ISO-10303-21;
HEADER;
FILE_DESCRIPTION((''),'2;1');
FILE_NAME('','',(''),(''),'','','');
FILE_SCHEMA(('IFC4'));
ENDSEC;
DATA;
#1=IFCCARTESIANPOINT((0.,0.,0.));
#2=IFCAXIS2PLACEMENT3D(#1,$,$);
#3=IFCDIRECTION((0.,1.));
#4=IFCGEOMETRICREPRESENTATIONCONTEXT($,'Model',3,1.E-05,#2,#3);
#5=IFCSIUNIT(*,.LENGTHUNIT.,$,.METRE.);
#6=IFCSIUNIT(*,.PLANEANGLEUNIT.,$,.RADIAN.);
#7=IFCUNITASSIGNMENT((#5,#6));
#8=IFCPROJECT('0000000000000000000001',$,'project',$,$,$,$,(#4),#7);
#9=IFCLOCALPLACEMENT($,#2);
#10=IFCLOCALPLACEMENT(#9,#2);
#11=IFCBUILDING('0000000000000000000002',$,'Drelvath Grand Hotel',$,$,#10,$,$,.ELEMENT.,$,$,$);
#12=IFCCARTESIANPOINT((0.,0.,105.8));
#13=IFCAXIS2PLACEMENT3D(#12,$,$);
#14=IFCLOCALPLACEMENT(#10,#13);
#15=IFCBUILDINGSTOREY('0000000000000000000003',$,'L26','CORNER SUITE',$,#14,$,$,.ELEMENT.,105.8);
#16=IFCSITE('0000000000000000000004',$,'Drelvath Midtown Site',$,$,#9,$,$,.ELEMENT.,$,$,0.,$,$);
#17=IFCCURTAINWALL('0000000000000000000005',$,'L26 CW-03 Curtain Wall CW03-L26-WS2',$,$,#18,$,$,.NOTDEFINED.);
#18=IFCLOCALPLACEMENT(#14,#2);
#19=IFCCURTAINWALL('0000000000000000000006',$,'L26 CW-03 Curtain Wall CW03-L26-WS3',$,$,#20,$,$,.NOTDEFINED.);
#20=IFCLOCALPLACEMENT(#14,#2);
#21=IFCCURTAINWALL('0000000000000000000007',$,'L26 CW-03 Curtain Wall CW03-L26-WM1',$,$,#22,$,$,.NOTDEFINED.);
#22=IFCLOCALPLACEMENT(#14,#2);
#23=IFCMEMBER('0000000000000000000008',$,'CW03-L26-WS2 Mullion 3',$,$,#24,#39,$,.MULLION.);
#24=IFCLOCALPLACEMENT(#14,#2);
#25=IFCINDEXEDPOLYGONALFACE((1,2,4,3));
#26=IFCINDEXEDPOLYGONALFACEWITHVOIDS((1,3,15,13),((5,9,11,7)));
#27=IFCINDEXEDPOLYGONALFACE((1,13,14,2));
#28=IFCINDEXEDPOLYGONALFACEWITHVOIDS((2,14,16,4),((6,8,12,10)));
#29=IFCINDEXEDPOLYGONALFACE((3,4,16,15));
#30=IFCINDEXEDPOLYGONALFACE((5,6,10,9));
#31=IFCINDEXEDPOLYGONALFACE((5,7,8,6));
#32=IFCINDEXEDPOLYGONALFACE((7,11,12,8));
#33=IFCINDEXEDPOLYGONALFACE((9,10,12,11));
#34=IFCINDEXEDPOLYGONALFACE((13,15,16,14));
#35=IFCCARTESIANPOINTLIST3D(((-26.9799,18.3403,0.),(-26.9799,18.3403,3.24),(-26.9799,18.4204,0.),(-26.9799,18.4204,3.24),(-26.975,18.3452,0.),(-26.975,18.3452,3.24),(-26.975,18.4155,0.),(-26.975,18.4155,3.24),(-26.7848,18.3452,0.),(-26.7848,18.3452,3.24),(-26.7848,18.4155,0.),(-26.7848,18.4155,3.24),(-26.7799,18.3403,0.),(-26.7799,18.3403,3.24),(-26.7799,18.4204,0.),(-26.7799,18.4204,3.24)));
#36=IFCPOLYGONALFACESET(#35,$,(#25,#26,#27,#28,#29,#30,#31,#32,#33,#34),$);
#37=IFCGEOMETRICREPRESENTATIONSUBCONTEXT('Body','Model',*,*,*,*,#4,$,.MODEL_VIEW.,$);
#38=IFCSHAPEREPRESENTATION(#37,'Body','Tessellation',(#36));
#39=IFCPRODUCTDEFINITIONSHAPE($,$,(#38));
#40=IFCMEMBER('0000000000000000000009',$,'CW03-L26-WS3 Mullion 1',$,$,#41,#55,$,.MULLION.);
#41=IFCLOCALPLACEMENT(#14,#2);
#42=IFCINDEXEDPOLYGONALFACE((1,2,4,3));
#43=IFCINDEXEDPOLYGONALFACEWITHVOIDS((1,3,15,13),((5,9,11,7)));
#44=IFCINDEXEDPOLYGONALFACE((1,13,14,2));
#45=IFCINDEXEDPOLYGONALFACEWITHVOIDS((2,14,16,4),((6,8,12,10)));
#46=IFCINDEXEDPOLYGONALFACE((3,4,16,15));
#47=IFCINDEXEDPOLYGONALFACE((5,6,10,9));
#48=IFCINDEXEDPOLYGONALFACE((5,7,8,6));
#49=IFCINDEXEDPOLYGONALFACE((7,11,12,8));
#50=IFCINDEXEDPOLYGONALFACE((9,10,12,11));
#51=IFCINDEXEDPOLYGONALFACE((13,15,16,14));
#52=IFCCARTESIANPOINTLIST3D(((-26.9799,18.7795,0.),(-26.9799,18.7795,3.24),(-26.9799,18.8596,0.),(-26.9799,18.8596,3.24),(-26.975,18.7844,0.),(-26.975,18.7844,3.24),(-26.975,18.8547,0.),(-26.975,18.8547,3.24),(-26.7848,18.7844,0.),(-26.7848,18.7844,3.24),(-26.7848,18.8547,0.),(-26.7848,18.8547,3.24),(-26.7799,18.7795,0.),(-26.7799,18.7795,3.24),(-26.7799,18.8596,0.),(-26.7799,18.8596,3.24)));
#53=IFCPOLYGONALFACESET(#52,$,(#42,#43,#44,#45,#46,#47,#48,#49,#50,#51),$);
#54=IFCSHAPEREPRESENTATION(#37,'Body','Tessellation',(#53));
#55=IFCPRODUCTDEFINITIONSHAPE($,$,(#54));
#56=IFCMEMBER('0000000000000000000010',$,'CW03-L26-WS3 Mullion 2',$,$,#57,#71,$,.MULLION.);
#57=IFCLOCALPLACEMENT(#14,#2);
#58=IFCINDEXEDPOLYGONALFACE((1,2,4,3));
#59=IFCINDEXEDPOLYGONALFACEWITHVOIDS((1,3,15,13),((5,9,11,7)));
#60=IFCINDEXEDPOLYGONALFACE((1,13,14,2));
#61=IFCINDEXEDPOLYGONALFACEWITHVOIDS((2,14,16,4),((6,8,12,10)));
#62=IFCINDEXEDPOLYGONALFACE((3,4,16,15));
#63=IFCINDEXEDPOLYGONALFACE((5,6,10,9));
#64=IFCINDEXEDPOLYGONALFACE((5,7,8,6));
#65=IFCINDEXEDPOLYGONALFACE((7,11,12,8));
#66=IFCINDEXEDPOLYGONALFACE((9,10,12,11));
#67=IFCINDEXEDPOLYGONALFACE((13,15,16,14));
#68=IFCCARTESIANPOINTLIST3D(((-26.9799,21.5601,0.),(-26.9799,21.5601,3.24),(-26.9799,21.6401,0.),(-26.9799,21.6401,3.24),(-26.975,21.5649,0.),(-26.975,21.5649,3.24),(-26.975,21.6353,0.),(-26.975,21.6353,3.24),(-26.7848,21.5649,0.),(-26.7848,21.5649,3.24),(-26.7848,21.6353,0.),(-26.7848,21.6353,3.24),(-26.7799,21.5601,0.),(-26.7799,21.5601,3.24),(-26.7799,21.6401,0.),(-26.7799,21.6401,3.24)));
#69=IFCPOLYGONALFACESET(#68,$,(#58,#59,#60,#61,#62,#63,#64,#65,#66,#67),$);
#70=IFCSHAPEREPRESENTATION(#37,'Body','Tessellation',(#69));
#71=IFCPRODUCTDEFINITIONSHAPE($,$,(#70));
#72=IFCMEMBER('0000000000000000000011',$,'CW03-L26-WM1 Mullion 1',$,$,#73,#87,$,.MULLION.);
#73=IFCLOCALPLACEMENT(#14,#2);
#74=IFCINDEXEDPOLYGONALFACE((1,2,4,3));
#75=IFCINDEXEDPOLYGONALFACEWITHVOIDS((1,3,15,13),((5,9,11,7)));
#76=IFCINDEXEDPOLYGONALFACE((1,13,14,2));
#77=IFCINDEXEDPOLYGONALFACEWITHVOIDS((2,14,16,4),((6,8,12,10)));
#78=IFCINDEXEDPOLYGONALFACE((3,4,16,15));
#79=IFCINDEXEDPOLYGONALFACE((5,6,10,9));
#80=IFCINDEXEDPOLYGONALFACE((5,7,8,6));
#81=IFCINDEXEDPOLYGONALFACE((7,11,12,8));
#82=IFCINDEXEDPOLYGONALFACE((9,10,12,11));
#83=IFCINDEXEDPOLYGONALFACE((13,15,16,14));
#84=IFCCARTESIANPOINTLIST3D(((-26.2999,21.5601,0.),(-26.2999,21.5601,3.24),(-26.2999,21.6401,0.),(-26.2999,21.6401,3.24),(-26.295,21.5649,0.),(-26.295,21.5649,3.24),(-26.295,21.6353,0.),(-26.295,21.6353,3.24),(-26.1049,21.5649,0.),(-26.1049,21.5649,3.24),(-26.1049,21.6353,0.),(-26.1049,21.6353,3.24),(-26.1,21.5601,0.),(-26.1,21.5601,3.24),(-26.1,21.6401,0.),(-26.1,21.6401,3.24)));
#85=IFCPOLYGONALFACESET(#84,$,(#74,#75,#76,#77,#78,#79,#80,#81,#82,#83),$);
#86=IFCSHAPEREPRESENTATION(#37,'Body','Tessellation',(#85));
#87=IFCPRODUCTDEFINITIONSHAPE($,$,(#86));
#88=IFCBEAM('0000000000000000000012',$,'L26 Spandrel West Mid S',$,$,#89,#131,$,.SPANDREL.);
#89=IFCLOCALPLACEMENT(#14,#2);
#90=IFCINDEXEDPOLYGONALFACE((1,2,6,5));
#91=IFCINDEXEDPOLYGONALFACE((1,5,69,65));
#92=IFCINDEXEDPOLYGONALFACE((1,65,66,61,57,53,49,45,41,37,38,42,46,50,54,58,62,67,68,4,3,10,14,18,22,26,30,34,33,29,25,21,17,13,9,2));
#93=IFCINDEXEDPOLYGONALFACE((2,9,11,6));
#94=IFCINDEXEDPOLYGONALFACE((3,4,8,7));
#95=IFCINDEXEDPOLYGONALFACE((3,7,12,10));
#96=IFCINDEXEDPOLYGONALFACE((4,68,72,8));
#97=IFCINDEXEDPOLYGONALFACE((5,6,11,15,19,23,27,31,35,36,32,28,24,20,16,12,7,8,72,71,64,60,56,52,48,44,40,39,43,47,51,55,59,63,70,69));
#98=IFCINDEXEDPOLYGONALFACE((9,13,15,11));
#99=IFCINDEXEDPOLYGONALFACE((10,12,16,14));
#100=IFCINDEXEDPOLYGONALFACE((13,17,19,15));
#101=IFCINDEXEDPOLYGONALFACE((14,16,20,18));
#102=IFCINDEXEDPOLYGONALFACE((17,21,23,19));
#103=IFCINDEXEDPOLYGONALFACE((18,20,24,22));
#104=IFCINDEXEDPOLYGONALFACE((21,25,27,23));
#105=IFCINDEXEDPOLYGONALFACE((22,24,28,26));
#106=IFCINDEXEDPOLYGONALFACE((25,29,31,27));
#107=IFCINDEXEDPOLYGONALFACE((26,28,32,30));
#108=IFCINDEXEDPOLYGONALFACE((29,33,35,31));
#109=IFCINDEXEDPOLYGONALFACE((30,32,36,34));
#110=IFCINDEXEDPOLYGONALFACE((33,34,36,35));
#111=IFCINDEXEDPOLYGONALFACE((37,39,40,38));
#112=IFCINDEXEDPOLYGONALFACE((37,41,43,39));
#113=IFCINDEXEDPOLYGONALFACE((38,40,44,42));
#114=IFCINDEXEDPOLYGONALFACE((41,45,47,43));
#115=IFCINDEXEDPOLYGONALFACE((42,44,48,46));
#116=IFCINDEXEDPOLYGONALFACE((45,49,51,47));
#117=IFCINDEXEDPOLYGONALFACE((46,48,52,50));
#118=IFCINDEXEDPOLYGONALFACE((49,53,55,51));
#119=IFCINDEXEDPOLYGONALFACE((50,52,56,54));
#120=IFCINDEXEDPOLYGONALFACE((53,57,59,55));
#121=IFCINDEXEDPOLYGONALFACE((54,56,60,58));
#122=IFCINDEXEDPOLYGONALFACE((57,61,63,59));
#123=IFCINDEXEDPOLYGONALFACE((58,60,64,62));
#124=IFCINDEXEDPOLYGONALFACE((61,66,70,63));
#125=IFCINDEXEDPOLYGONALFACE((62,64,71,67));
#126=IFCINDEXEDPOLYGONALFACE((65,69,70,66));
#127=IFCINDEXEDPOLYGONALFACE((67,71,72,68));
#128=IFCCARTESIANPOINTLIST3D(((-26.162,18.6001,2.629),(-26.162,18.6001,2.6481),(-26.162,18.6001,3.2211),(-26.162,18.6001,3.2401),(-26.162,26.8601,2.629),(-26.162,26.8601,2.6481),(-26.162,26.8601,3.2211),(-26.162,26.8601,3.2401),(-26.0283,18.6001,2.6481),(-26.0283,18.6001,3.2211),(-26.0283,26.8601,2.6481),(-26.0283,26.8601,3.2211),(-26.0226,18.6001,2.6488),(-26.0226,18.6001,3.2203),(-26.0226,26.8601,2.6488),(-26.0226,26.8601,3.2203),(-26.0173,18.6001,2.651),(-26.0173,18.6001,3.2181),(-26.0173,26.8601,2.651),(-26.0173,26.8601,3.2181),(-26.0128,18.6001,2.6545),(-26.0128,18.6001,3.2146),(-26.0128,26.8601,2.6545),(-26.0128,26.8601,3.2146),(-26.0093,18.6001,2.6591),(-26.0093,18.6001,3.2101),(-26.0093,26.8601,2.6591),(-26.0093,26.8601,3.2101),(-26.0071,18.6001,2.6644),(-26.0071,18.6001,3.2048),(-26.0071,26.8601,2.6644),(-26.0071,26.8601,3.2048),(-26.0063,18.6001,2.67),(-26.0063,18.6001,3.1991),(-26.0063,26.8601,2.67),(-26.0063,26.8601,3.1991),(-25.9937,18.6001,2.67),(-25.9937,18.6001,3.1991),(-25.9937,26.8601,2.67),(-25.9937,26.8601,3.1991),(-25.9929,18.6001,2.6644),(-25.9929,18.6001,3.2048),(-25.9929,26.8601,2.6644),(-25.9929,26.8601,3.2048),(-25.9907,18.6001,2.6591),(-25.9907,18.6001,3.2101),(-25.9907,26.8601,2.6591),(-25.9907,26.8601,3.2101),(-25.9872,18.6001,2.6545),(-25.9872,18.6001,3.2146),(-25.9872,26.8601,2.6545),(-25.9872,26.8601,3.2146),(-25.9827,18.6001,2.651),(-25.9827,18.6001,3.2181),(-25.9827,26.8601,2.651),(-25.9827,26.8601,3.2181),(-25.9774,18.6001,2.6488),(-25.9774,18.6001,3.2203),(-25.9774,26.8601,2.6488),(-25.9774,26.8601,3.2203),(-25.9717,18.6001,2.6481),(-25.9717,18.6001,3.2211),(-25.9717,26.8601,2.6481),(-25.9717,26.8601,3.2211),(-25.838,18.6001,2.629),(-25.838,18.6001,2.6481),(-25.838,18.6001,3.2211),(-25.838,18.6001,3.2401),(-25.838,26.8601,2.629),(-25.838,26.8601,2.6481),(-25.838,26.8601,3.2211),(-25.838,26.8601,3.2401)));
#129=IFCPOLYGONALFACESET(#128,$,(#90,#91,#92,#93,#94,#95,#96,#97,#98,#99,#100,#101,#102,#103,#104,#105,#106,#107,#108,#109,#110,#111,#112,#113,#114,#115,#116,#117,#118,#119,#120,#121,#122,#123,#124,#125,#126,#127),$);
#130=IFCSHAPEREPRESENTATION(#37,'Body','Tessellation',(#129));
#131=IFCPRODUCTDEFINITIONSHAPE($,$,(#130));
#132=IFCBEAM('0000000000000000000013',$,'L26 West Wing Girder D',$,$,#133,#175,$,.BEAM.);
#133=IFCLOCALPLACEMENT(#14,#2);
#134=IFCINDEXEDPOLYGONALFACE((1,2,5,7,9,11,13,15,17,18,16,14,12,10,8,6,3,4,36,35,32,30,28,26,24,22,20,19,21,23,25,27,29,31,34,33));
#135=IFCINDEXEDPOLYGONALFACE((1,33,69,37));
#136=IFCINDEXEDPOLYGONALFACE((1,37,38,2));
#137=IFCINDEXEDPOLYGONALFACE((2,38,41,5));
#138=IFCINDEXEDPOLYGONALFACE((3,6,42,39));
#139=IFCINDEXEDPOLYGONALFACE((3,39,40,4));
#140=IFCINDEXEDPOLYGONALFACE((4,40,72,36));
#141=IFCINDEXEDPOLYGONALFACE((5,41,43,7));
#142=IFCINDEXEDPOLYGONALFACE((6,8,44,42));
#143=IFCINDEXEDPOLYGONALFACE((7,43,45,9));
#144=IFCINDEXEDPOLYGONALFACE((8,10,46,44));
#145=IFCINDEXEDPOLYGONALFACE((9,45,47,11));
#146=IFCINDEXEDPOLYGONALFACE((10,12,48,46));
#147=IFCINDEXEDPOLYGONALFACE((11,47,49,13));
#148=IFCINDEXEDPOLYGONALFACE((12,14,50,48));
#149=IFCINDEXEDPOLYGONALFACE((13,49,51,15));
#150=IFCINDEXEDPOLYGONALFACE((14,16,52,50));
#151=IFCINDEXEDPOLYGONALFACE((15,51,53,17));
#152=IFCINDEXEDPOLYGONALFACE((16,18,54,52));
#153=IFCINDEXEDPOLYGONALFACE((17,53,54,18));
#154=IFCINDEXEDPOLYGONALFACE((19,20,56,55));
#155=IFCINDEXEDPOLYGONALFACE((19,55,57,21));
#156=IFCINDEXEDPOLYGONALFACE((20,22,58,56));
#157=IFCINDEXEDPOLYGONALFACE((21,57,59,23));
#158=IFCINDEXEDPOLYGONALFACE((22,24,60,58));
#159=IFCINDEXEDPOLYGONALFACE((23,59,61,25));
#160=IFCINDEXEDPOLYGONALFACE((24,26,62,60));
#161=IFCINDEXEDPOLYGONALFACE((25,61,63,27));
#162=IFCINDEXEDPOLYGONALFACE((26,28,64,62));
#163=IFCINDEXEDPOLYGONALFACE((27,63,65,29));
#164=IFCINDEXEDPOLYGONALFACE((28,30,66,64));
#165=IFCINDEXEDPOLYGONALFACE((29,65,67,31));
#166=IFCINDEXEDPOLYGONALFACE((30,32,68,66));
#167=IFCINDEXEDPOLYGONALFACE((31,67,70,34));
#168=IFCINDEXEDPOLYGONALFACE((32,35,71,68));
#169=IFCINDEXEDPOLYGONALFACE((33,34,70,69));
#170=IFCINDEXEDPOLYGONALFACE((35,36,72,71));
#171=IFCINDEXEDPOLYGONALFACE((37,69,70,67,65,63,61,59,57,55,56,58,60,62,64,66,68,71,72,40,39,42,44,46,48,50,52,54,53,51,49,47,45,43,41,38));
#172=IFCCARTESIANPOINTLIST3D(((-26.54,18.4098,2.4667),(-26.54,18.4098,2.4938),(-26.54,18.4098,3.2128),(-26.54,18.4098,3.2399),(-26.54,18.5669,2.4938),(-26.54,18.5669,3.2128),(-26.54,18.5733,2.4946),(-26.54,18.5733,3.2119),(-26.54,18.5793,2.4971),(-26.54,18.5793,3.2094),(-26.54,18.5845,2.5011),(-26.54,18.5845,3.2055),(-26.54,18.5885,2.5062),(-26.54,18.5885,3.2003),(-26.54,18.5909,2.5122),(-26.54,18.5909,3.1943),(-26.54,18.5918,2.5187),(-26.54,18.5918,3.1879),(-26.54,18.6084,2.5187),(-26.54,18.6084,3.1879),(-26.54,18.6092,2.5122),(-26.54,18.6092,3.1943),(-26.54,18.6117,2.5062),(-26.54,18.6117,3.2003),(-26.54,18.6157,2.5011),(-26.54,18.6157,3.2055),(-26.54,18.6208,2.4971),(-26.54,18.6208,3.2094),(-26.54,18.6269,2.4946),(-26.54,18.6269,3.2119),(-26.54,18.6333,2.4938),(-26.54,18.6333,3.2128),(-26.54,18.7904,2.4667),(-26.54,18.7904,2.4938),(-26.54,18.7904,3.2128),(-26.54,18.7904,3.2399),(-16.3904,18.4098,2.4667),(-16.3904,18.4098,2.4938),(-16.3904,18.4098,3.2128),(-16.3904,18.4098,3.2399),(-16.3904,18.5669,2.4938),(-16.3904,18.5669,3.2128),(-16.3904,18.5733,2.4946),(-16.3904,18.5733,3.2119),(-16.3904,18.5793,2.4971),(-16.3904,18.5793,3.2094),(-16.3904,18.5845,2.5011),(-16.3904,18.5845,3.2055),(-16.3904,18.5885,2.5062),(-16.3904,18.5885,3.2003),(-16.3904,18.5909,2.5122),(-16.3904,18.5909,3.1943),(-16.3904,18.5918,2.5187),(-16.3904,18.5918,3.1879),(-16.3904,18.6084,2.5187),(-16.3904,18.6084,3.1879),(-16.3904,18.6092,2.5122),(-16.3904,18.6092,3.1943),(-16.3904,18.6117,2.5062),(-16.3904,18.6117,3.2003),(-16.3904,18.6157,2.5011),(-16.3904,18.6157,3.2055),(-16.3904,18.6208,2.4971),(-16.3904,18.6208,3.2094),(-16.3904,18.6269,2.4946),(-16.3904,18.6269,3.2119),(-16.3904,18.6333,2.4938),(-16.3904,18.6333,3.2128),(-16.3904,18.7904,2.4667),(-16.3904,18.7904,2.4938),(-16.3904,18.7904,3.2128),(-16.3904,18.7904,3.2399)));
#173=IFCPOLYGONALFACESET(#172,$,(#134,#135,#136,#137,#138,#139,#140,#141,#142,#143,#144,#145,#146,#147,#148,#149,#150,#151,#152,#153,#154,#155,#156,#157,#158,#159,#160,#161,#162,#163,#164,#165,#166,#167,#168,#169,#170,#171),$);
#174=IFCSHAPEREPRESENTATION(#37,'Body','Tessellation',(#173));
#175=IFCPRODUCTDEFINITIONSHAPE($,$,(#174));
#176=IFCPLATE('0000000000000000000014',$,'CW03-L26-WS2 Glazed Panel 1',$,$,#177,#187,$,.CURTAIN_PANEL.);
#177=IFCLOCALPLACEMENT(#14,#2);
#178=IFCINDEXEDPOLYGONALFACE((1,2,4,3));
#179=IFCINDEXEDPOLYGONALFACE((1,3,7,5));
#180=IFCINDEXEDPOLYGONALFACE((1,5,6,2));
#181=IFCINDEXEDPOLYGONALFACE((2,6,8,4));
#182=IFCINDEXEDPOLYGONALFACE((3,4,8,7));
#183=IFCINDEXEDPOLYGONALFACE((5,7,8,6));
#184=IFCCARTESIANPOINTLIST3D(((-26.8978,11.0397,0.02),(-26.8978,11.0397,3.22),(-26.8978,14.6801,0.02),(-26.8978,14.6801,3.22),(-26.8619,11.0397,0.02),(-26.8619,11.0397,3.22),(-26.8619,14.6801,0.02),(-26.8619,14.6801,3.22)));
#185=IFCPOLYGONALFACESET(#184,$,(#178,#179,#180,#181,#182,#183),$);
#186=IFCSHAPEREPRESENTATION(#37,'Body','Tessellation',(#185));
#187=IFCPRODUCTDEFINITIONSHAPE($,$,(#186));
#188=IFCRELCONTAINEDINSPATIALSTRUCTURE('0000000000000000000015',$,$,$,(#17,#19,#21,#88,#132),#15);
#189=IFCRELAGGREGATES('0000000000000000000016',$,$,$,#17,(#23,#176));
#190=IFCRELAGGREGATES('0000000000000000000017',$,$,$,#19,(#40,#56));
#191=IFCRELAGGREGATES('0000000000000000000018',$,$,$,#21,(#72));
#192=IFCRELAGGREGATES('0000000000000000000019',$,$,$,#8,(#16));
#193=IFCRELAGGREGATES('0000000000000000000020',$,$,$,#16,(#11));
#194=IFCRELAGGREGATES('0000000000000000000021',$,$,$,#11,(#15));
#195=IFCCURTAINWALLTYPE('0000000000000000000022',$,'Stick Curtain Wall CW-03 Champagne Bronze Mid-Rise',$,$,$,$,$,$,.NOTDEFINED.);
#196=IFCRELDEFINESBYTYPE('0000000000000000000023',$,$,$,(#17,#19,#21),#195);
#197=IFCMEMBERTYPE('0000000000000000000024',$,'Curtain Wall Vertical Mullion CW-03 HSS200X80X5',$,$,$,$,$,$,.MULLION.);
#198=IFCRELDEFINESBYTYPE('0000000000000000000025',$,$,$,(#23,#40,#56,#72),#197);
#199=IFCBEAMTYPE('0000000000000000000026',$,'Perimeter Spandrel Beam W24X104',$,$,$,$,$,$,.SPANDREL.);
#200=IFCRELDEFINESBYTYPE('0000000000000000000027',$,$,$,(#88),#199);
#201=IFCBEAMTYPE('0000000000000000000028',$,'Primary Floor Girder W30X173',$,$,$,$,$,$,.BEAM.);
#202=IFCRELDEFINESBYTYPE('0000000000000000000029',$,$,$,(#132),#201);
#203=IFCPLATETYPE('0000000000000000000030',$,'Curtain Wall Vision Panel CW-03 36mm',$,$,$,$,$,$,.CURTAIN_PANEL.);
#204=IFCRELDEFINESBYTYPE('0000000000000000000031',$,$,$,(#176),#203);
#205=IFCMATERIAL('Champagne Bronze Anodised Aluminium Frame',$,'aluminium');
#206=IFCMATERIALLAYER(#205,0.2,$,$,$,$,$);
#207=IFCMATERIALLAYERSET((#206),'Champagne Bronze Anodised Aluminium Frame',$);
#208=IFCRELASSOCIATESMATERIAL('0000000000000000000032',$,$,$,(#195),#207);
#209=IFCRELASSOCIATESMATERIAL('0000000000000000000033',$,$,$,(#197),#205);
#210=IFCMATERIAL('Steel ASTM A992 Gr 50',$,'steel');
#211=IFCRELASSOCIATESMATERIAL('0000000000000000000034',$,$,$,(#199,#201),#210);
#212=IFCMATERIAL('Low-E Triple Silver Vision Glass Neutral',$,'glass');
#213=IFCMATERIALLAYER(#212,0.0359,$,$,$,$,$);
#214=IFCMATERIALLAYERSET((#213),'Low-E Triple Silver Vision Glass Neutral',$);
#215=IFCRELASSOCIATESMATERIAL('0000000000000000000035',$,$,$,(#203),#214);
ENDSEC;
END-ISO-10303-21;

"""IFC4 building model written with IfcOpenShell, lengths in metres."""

from ifc_helpers import new_model, si_unit, direction, frame, origin, origin_2d, place, context, subcontext, project, spatial, rectangle, hollow_rectangle, i_section, extrude, material, layer, layer_set, material_profile, profile_set, type_object, element, aggregate, save


model = new_model("IFC4")

# Units and contexts
model_context = context("Model", 3, precision=1e-05, world=origin(), true_north=direction((0.0, 1.0)))
body_context = subcontext(model_context, "Body", "Model", "MODEL_VIEW")
ifc_project = project(units=[si_unit("LENGTHUNIT", "METRE"), si_unit("PLANEANGLEUNIT", "RADIAN")], contexts=[model_context])

# Site, building, storey
site_placement = place(None, origin())
site = spatial("IfcSite", under=ifc_project, at=site_placement, Name="Drelvath Midtown Site", CompositionType="ELEMENT", RefElevation=0.0)
building_placement = place(site_placement, origin())
building = spatial("IfcBuilding", under=site, at=building_placement, Name="Drelvath Grand Hotel", CompositionType="ELEMENT")
storey_placement = place(building_placement, frame((0.0, 0.0, 105.8)))
storey = spatial("IfcBuildingStorey", under=building, at=storey_placement, Name="L26", Description="CORNER SUITE", CompositionType="ELEMENT", Elevation=105.8)

# Shared definitions
ifc_material_1 = material(Name="Steel ASTM A992 Gr 50", Category="steel")

# Curtain walls
ifc_material_2 = material(Name="Champagne Bronze Anodised Aluminium Frame", Category="aluminium")
ifc_layer_1 = layer(ifc_material_2, 0.2)
ifc_layer_set_1 = layer_set([ifc_layer_1], Name="Champagne Bronze Anodised Aluminium Frame")
curtain_wall_type = type_object("IfcCurtainWallType", Name="Stick Curtain Wall CW-03 Champagne Bronze Mid-Rise", PredefinedType="NOTDEFINED", material=ifc_layer_set_1)
curtain_wall_1_placement = place(storey_placement, origin())
curtain_wall_1 = element("IfcCurtainWall", 1, at=curtain_wall_1_placement, inside=storey, type_object=curtain_wall_type, Name="L26 CW-03 Curtain Wall CW03-L26-WS2", PredefinedType="NOTDEFINED")
curtain_wall_2_placement = place(storey_placement, origin())
curtain_wall_2 = element("IfcCurtainWall", 2, at=curtain_wall_2_placement, inside=storey, type_object=curtain_wall_type, Name="L26 CW-03 Curtain Wall CW03-L26-WS3", PredefinedType="NOTDEFINED")
curtain_wall_3_placement = place(storey_placement, origin())
curtain_wall_3 = element("IfcCurtainWall", 3, at=curtain_wall_3_placement, inside=storey, type_object=curtain_wall_type, Name="L26 CW-03 Curtain Wall CW03-L26-WM1", PredefinedType="NOTDEFINED")

# Members
ifc_material_profile_1 = material_profile(ifc_material_2, hollow_rectangle(XDim=0.0801, YDim=0.2, WallThickness=0.0049, at=origin_2d()), Name="HSS200X80X5")
ifc_profile_set_1 = profile_set([ifc_material_profile_1], Name="Champagne Bronze Anodised Aluminium Frame")
member_type_1 = type_object("IfcMemberType", Name="Curtain Wall Vertical Mullion CW-03 HSS200X80X5", PredefinedType="MULLION", material=ifc_profile_set_1)
member_1_placement = place(storey_placement, frame((-26.8799, 18.3804, 0.0), z_axis=(0.0, 0.0, 1.0), x_axis=(0.0, 1.0, 0.0)))
member_1 = element("IfcMember", 4, at=member_1_placement, type_object=member_type_1, Name="CW03-L26-WS2 Mullion 3", PredefinedType="MULLION", context=body_context, shape_type="SweptSolid", body=[
    extrude(hollow_rectangle(XDim=0.0801, YDim=0.2, WallThickness=0.0049, at=origin_2d()), origin(), (0.0, 0.0, 1.0), 3.24),
])
member_2_placement = place(storey_placement, frame((-26.8799, 18.8196, 0.0), z_axis=(0.0, 0.0, 1.0), x_axis=(0.0, 1.0, 0.0)))
member_2 = element("IfcMember", 5, at=member_2_placement, type_object=member_type_1, Name="CW03-L26-WS3 Mullion 1", PredefinedType="MULLION", context=body_context, shape_type="SweptSolid", body=[
    extrude(hollow_rectangle(XDim=0.0801, YDim=0.2, WallThickness=0.0049, at=origin_2d()), origin(), (0.0, 0.0, 1.0), 3.24),
])
member_3_placement = place(storey_placement, frame((-26.8799, 21.6001, 0.0), z_axis=(0.0, 0.0, 1.0), x_axis=(0.0, 1.0, 0.0)))
member_3 = element("IfcMember", 6, at=member_3_placement, type_object=member_type_1, Name="CW03-L26-WS3 Mullion 2", PredefinedType="MULLION", context=body_context, shape_type="SweptSolid", body=[
    extrude(hollow_rectangle(XDim=0.0801, YDim=0.2, WallThickness=0.0049, at=origin_2d()), origin(), (0.0, 0.0, 1.0), 3.24),
])
member_4_placement = place(storey_placement, frame((-26.2, 21.6001, 0.0), z_axis=(0.0, 0.0, 1.0), x_axis=(0.0, 1.0, 0.0)))
member_4 = element("IfcMember", 7, at=member_4_placement, type_object=member_type_1, Name="CW03-L26-WM1 Mullion 1", PredefinedType="MULLION", context=body_context, shape_type="SweptSolid", body=[
    extrude(hollow_rectangle(XDim=0.0801, YDim=0.2, WallThickness=0.0049, at=origin_2d()), origin(), (0.0, 0.0, 1.0), 3.24),
])

# Beams
ifc_material_profile_2 = material_profile(ifc_material_1, i_section(OverallWidth=0.324, OverallDepth=0.6111, WebThickness=0.0127, FlangeThickness=0.019, FilletRadius=0.022, at=origin_2d()), Name="W24X104")
ifc_profile_set_2 = profile_set([ifc_material_profile_2], Name="Steel ASTM A992 Gr 50")
beam_type_1 = type_object("IfcBeamType", Name="Perimeter Spandrel Beam W24X104", PredefinedType="SPANDREL", material=ifc_profile_set_2)
beam_1_placement = place(storey_placement, frame((-26.0, 18.6001, 2.9346), z_axis=(0.0, 1.0, 0.0), x_axis=(-1.0, 0.0, 0.0)))
element("IfcBeam", 8, at=beam_1_placement, inside=storey, type_object=beam_type_1, Name="L26 Spandrel West Mid S", PredefinedType="SPANDREL", context=body_context, shape_type="SweptSolid", body=[
    extrude(i_section(OverallWidth=0.324, OverallDepth=0.6111, WebThickness=0.0127, FlangeThickness=0.019, FilletRadius=0.022, at=origin_2d()), origin(), (0.0, 0.0, 1.0), 8.26),
])
ifc_material_profile_3 = material_profile(ifc_material_1, i_section(OverallWidth=0.3806, OverallDepth=0.7732, WebThickness=0.0166, FlangeThickness=0.0271, FilletRadius=0.0249, at=origin_2d()), Name="W30X173")
ifc_profile_set_3 = profile_set([ifc_material_profile_3], Name="Steel ASTM A992 Gr 50")
beam_type_2 = type_object("IfcBeamType", Name="Primary Floor Girder W30X173", PredefinedType="BEAM", material=ifc_profile_set_3)
beam_2_placement = place(storey_placement, frame((-26.54, 18.6001, 2.8533), z_axis=(1.0, 0.0, 0.0), x_axis=(0.0, 1.0, 0.0)))
element("IfcBeam", 9, at=beam_2_placement, inside=storey, type_object=beam_type_2, Name="L26 West Wing Girder D", PredefinedType="BEAM", context=body_context, shape_type="SweptSolid", body=[
    extrude(i_section(OverallWidth=0.3806, OverallDepth=0.7732, WebThickness=0.0166, FlangeThickness=0.0271, FilletRadius=0.0249, at=origin_2d()), origin(), (0.0, 0.0, 1.0), 10.1497),
])

# Plate
ifc_material_3 = material(Name="Low-E Triple Silver Vision Glass Neutral", Category="glass")
ifc_layer_2 = layer(ifc_material_3, 0.0359)
ifc_layer_set_2 = layer_set([ifc_layer_2], Name="Low-E Triple Silver Vision Glass Neutral")
plate_type = type_object("IfcPlateType", Name="Curtain Wall Vision Panel CW-03 36mm", PredefinedType="CURTAIN_PANEL", material=ifc_layer_set_2)
plate_1_placement = place(storey_placement, frame((-26.8799, 12.8599, 0.02), z_axis=(0.0, 0.0, 1.0), x_axis=(0.0, 1.0, 0.0)))
plate_1 = element("IfcPlate", 10, at=plate_1_placement, type_object=plate_type, Name="CW03-L26-WS2 Glazed Panel 1", PredefinedType="CURTAIN_PANEL", context=body_context, shape_type="SweptSolid", body=[
    extrude(rectangle(XDim=3.6404, YDim=0.0359, at=origin_2d()), origin(), (0.0, 0.0, 1.0), 3.2),
])
aggregate(curtain_wall_1, [member_1, plate_1])
aggregate(curtain_wall_2, [member_2, member_3])
aggregate(curtain_wall_3, [member_4])

save(model, "model.ifc")
